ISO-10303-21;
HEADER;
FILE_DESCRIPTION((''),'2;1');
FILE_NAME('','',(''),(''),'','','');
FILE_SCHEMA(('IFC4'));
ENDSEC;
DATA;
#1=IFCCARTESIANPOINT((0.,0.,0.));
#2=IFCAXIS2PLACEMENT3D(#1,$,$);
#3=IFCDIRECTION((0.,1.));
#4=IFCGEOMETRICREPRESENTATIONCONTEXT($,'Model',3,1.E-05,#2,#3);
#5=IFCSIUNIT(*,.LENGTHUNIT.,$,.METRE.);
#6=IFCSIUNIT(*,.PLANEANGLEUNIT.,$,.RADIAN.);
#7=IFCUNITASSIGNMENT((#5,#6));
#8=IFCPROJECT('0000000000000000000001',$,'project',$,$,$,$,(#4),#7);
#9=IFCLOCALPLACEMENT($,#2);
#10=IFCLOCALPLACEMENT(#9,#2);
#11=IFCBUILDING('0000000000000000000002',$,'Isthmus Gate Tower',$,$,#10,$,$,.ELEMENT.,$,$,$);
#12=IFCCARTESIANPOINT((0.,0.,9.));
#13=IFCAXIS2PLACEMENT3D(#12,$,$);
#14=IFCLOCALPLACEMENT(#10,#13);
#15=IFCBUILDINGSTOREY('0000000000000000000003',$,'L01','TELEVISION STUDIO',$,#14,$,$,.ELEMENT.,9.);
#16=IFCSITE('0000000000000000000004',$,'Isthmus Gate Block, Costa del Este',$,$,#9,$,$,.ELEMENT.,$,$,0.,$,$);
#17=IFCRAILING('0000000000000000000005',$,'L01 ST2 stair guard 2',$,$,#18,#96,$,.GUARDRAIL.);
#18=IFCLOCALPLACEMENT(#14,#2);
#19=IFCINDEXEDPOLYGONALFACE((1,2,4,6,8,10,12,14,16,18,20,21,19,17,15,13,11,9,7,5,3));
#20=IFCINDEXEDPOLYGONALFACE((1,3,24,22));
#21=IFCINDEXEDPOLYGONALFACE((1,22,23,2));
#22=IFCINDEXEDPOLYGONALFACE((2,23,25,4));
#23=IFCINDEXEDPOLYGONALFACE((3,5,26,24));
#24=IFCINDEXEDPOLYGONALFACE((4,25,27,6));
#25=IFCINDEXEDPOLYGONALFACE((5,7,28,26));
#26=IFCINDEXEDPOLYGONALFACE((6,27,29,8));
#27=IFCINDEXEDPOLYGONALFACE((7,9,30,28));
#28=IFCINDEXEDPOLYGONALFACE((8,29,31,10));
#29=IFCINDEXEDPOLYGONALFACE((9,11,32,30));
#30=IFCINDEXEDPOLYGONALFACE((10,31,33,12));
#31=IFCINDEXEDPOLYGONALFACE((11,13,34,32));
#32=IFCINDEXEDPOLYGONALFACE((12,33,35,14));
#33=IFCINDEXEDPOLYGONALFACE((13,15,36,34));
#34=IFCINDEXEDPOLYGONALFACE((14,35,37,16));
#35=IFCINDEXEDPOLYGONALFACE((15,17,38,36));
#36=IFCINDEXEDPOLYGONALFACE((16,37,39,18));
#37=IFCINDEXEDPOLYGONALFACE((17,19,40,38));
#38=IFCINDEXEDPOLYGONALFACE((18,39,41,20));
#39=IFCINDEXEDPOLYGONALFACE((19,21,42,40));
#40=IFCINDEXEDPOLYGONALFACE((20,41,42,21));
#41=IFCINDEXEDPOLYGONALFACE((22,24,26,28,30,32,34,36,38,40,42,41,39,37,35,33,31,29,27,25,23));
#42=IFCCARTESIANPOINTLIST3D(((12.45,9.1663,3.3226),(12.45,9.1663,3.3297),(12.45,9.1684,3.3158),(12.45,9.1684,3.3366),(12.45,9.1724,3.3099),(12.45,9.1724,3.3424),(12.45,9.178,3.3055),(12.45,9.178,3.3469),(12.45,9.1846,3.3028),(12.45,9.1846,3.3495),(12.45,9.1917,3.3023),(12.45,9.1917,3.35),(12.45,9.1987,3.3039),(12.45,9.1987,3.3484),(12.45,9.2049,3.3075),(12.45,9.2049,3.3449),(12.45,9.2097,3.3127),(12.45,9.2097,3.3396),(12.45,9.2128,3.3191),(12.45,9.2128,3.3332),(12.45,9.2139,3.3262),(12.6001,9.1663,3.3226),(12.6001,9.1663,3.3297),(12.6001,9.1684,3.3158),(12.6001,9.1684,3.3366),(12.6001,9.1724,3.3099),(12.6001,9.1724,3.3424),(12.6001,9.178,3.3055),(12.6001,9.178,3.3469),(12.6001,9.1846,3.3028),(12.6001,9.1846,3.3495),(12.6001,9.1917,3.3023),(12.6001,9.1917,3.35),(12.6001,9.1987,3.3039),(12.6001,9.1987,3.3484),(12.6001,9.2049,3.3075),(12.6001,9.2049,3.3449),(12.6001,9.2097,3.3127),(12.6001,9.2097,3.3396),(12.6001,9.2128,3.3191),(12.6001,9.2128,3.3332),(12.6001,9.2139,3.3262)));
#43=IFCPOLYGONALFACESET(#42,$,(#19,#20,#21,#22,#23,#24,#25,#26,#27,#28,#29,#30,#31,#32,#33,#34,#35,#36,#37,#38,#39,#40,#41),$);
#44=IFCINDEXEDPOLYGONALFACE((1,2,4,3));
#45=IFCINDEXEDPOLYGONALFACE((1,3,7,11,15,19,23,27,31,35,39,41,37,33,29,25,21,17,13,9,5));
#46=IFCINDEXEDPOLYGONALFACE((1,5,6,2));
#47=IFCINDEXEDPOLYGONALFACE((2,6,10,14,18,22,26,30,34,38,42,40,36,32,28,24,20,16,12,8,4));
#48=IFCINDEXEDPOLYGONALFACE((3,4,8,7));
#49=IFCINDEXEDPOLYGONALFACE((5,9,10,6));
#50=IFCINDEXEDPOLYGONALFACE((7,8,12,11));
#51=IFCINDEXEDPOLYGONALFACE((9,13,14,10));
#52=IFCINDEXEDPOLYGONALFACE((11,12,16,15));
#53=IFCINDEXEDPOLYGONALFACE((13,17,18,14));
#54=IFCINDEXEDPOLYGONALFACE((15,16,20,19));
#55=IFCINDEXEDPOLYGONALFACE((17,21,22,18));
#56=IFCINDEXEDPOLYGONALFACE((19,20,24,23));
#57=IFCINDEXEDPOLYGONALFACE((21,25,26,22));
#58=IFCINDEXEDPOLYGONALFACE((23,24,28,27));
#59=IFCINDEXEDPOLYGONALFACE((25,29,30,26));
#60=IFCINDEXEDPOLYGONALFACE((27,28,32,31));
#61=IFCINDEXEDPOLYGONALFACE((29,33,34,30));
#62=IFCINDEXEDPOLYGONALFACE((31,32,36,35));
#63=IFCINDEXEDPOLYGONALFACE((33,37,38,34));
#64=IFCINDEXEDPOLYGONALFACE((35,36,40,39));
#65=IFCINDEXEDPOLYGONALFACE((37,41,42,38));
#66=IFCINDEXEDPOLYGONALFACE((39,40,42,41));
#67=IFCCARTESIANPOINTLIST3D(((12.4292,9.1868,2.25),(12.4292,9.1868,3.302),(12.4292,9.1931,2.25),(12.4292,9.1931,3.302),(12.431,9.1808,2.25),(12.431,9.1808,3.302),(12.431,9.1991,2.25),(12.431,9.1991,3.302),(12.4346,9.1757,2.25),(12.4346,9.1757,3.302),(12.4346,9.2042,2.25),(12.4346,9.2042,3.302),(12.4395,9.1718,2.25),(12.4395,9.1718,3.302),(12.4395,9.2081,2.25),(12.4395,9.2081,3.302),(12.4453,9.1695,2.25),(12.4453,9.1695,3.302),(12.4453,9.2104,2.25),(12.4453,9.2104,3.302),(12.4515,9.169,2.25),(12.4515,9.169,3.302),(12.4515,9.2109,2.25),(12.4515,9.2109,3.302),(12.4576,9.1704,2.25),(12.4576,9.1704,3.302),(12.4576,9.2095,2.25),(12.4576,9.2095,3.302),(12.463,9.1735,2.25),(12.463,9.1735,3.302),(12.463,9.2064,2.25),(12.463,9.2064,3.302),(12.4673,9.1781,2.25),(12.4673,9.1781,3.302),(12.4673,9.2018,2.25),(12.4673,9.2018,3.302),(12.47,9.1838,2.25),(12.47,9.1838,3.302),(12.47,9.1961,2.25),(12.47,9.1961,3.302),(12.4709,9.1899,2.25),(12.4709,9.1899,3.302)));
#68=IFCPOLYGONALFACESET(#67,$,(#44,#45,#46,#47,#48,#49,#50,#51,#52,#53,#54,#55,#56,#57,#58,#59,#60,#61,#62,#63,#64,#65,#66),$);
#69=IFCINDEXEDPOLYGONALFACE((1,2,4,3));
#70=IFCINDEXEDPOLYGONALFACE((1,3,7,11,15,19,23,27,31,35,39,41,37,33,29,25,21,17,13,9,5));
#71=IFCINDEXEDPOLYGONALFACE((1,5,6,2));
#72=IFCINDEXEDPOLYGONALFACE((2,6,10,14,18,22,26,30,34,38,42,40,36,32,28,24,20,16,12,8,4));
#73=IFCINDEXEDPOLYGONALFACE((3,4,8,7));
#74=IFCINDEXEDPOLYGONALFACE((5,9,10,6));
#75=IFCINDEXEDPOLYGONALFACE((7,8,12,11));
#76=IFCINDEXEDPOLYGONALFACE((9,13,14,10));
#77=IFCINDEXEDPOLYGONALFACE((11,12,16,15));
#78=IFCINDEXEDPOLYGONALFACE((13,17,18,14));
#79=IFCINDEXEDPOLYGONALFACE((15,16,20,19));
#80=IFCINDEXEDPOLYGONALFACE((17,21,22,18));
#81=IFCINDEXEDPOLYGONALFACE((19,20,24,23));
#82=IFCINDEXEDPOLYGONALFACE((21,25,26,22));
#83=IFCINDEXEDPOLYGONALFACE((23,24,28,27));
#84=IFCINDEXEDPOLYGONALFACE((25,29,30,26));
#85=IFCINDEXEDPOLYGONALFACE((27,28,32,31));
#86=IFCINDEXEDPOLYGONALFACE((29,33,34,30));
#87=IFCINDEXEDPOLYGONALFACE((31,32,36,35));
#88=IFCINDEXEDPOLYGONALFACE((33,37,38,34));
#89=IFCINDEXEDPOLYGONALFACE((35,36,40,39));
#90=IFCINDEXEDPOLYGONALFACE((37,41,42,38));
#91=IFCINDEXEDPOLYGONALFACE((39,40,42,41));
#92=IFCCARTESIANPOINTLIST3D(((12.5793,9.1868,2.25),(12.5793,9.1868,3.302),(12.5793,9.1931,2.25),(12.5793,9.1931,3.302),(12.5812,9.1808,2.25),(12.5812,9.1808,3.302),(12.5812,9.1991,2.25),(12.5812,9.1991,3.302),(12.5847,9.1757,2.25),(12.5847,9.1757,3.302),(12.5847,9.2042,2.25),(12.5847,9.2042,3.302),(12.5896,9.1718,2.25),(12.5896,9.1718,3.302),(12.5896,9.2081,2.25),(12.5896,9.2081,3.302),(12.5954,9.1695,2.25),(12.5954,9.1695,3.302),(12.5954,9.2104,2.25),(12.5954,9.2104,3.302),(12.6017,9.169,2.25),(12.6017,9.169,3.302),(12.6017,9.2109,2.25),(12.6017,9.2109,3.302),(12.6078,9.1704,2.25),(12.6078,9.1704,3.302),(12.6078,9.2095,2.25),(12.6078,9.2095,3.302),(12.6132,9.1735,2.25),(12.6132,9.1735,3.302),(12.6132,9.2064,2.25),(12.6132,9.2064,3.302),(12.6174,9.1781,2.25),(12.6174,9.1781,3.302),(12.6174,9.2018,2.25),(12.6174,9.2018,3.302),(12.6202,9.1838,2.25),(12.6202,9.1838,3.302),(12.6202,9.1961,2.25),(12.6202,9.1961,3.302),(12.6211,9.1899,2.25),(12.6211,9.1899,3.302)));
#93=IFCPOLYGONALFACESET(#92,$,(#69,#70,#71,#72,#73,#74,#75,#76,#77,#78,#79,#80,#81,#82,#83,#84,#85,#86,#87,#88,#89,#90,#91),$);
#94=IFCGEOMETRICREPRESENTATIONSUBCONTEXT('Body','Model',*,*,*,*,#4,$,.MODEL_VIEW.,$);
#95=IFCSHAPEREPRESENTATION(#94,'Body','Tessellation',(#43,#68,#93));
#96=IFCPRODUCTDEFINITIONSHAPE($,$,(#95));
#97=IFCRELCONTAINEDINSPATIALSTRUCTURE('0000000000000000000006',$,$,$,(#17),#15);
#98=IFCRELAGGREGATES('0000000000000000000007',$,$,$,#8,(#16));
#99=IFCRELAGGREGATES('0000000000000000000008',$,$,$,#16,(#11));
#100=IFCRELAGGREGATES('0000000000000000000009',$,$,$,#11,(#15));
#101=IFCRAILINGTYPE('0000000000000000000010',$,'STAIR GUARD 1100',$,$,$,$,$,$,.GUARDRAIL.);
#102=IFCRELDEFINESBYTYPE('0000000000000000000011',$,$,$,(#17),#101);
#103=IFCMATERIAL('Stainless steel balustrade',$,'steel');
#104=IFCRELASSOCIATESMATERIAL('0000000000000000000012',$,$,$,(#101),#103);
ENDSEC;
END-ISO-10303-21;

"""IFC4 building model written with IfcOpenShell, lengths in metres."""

from ifc_helpers import new_model, si_unit, direction, frame, origin, origin_2d, place, context, subcontext, project, spatial, circle, extrude, material, type_object, element, save


model = new_model("IFC4")

# Units and contexts
model_context = context("Model", 3, precision=1e-05, world=origin(), true_north=direction((0.0, 1.0)))
body_context = subcontext(model_context, "Body", "Model", "MODEL_VIEW")
ifc_project = project(units=[si_unit("LENGTHUNIT", "METRE"), si_unit("PLANEANGLEUNIT", "RADIAN")], contexts=[model_context])

# Site, building, storey
site_placement = place(None, origin())
site = spatial("IfcSite", under=ifc_project, at=site_placement, Name="Isthmus Gate Block, Costa del Este", CompositionType="ELEMENT", RefElevation=0.0)
building_placement = place(site_placement, origin())
building = spatial("IfcBuilding", under=site, at=building_placement, Name="Isthmus Gate Tower", CompositionType="ELEMENT")
storey_placement = place(building_placement, frame((0.0, 0.0, 9.0)))
storey = spatial("IfcBuildingStorey", under=building, at=storey_placement, Name="L01", Description="TELEVISION STUDIO", CompositionType="ELEMENT", Elevation=9.0)

# Railing
ifc_material_1 = material(Name="Stainless steel balustrade", Category="steel")
railing_type_1 = type_object("IfcRailingType", Name="STAIR GUARD 1100", PredefinedType="GUARDRAIL", material=ifc_material_1)
railing_1_placement = place(storey_placement, frame((12.45, 9.1899, 2.25)))
element("IfcRailing", 1, at=railing_1_placement, inside=storey, type_object=railing_type_1, Name="L01 ST2 stair guard 2", PredefinedType="GUARDRAIL", context=body_context, shape_type="SweptSolid", body=[
    extrude(circle(Radius=0.0239, at=origin_2d()), frame((0.0, 0.0, 1.0762), z_axis=(1.0, 0.0, 0.0), x_axis=(0.0, 1.0, 0.0)), (0.0, 0.0, 1.0), 0.1501),
    extrude(circle(Radius=0.021, at=origin_2d()), origin(), (0.0, 0.0, 1.0), 1.052),
    extrude(circle(Radius=0.021, at=origin_2d()), frame((0.1501, 0.0, 0.0)), (0.0, 0.0, 1.0), 1.052),
])

save(model, "model.ifc")
